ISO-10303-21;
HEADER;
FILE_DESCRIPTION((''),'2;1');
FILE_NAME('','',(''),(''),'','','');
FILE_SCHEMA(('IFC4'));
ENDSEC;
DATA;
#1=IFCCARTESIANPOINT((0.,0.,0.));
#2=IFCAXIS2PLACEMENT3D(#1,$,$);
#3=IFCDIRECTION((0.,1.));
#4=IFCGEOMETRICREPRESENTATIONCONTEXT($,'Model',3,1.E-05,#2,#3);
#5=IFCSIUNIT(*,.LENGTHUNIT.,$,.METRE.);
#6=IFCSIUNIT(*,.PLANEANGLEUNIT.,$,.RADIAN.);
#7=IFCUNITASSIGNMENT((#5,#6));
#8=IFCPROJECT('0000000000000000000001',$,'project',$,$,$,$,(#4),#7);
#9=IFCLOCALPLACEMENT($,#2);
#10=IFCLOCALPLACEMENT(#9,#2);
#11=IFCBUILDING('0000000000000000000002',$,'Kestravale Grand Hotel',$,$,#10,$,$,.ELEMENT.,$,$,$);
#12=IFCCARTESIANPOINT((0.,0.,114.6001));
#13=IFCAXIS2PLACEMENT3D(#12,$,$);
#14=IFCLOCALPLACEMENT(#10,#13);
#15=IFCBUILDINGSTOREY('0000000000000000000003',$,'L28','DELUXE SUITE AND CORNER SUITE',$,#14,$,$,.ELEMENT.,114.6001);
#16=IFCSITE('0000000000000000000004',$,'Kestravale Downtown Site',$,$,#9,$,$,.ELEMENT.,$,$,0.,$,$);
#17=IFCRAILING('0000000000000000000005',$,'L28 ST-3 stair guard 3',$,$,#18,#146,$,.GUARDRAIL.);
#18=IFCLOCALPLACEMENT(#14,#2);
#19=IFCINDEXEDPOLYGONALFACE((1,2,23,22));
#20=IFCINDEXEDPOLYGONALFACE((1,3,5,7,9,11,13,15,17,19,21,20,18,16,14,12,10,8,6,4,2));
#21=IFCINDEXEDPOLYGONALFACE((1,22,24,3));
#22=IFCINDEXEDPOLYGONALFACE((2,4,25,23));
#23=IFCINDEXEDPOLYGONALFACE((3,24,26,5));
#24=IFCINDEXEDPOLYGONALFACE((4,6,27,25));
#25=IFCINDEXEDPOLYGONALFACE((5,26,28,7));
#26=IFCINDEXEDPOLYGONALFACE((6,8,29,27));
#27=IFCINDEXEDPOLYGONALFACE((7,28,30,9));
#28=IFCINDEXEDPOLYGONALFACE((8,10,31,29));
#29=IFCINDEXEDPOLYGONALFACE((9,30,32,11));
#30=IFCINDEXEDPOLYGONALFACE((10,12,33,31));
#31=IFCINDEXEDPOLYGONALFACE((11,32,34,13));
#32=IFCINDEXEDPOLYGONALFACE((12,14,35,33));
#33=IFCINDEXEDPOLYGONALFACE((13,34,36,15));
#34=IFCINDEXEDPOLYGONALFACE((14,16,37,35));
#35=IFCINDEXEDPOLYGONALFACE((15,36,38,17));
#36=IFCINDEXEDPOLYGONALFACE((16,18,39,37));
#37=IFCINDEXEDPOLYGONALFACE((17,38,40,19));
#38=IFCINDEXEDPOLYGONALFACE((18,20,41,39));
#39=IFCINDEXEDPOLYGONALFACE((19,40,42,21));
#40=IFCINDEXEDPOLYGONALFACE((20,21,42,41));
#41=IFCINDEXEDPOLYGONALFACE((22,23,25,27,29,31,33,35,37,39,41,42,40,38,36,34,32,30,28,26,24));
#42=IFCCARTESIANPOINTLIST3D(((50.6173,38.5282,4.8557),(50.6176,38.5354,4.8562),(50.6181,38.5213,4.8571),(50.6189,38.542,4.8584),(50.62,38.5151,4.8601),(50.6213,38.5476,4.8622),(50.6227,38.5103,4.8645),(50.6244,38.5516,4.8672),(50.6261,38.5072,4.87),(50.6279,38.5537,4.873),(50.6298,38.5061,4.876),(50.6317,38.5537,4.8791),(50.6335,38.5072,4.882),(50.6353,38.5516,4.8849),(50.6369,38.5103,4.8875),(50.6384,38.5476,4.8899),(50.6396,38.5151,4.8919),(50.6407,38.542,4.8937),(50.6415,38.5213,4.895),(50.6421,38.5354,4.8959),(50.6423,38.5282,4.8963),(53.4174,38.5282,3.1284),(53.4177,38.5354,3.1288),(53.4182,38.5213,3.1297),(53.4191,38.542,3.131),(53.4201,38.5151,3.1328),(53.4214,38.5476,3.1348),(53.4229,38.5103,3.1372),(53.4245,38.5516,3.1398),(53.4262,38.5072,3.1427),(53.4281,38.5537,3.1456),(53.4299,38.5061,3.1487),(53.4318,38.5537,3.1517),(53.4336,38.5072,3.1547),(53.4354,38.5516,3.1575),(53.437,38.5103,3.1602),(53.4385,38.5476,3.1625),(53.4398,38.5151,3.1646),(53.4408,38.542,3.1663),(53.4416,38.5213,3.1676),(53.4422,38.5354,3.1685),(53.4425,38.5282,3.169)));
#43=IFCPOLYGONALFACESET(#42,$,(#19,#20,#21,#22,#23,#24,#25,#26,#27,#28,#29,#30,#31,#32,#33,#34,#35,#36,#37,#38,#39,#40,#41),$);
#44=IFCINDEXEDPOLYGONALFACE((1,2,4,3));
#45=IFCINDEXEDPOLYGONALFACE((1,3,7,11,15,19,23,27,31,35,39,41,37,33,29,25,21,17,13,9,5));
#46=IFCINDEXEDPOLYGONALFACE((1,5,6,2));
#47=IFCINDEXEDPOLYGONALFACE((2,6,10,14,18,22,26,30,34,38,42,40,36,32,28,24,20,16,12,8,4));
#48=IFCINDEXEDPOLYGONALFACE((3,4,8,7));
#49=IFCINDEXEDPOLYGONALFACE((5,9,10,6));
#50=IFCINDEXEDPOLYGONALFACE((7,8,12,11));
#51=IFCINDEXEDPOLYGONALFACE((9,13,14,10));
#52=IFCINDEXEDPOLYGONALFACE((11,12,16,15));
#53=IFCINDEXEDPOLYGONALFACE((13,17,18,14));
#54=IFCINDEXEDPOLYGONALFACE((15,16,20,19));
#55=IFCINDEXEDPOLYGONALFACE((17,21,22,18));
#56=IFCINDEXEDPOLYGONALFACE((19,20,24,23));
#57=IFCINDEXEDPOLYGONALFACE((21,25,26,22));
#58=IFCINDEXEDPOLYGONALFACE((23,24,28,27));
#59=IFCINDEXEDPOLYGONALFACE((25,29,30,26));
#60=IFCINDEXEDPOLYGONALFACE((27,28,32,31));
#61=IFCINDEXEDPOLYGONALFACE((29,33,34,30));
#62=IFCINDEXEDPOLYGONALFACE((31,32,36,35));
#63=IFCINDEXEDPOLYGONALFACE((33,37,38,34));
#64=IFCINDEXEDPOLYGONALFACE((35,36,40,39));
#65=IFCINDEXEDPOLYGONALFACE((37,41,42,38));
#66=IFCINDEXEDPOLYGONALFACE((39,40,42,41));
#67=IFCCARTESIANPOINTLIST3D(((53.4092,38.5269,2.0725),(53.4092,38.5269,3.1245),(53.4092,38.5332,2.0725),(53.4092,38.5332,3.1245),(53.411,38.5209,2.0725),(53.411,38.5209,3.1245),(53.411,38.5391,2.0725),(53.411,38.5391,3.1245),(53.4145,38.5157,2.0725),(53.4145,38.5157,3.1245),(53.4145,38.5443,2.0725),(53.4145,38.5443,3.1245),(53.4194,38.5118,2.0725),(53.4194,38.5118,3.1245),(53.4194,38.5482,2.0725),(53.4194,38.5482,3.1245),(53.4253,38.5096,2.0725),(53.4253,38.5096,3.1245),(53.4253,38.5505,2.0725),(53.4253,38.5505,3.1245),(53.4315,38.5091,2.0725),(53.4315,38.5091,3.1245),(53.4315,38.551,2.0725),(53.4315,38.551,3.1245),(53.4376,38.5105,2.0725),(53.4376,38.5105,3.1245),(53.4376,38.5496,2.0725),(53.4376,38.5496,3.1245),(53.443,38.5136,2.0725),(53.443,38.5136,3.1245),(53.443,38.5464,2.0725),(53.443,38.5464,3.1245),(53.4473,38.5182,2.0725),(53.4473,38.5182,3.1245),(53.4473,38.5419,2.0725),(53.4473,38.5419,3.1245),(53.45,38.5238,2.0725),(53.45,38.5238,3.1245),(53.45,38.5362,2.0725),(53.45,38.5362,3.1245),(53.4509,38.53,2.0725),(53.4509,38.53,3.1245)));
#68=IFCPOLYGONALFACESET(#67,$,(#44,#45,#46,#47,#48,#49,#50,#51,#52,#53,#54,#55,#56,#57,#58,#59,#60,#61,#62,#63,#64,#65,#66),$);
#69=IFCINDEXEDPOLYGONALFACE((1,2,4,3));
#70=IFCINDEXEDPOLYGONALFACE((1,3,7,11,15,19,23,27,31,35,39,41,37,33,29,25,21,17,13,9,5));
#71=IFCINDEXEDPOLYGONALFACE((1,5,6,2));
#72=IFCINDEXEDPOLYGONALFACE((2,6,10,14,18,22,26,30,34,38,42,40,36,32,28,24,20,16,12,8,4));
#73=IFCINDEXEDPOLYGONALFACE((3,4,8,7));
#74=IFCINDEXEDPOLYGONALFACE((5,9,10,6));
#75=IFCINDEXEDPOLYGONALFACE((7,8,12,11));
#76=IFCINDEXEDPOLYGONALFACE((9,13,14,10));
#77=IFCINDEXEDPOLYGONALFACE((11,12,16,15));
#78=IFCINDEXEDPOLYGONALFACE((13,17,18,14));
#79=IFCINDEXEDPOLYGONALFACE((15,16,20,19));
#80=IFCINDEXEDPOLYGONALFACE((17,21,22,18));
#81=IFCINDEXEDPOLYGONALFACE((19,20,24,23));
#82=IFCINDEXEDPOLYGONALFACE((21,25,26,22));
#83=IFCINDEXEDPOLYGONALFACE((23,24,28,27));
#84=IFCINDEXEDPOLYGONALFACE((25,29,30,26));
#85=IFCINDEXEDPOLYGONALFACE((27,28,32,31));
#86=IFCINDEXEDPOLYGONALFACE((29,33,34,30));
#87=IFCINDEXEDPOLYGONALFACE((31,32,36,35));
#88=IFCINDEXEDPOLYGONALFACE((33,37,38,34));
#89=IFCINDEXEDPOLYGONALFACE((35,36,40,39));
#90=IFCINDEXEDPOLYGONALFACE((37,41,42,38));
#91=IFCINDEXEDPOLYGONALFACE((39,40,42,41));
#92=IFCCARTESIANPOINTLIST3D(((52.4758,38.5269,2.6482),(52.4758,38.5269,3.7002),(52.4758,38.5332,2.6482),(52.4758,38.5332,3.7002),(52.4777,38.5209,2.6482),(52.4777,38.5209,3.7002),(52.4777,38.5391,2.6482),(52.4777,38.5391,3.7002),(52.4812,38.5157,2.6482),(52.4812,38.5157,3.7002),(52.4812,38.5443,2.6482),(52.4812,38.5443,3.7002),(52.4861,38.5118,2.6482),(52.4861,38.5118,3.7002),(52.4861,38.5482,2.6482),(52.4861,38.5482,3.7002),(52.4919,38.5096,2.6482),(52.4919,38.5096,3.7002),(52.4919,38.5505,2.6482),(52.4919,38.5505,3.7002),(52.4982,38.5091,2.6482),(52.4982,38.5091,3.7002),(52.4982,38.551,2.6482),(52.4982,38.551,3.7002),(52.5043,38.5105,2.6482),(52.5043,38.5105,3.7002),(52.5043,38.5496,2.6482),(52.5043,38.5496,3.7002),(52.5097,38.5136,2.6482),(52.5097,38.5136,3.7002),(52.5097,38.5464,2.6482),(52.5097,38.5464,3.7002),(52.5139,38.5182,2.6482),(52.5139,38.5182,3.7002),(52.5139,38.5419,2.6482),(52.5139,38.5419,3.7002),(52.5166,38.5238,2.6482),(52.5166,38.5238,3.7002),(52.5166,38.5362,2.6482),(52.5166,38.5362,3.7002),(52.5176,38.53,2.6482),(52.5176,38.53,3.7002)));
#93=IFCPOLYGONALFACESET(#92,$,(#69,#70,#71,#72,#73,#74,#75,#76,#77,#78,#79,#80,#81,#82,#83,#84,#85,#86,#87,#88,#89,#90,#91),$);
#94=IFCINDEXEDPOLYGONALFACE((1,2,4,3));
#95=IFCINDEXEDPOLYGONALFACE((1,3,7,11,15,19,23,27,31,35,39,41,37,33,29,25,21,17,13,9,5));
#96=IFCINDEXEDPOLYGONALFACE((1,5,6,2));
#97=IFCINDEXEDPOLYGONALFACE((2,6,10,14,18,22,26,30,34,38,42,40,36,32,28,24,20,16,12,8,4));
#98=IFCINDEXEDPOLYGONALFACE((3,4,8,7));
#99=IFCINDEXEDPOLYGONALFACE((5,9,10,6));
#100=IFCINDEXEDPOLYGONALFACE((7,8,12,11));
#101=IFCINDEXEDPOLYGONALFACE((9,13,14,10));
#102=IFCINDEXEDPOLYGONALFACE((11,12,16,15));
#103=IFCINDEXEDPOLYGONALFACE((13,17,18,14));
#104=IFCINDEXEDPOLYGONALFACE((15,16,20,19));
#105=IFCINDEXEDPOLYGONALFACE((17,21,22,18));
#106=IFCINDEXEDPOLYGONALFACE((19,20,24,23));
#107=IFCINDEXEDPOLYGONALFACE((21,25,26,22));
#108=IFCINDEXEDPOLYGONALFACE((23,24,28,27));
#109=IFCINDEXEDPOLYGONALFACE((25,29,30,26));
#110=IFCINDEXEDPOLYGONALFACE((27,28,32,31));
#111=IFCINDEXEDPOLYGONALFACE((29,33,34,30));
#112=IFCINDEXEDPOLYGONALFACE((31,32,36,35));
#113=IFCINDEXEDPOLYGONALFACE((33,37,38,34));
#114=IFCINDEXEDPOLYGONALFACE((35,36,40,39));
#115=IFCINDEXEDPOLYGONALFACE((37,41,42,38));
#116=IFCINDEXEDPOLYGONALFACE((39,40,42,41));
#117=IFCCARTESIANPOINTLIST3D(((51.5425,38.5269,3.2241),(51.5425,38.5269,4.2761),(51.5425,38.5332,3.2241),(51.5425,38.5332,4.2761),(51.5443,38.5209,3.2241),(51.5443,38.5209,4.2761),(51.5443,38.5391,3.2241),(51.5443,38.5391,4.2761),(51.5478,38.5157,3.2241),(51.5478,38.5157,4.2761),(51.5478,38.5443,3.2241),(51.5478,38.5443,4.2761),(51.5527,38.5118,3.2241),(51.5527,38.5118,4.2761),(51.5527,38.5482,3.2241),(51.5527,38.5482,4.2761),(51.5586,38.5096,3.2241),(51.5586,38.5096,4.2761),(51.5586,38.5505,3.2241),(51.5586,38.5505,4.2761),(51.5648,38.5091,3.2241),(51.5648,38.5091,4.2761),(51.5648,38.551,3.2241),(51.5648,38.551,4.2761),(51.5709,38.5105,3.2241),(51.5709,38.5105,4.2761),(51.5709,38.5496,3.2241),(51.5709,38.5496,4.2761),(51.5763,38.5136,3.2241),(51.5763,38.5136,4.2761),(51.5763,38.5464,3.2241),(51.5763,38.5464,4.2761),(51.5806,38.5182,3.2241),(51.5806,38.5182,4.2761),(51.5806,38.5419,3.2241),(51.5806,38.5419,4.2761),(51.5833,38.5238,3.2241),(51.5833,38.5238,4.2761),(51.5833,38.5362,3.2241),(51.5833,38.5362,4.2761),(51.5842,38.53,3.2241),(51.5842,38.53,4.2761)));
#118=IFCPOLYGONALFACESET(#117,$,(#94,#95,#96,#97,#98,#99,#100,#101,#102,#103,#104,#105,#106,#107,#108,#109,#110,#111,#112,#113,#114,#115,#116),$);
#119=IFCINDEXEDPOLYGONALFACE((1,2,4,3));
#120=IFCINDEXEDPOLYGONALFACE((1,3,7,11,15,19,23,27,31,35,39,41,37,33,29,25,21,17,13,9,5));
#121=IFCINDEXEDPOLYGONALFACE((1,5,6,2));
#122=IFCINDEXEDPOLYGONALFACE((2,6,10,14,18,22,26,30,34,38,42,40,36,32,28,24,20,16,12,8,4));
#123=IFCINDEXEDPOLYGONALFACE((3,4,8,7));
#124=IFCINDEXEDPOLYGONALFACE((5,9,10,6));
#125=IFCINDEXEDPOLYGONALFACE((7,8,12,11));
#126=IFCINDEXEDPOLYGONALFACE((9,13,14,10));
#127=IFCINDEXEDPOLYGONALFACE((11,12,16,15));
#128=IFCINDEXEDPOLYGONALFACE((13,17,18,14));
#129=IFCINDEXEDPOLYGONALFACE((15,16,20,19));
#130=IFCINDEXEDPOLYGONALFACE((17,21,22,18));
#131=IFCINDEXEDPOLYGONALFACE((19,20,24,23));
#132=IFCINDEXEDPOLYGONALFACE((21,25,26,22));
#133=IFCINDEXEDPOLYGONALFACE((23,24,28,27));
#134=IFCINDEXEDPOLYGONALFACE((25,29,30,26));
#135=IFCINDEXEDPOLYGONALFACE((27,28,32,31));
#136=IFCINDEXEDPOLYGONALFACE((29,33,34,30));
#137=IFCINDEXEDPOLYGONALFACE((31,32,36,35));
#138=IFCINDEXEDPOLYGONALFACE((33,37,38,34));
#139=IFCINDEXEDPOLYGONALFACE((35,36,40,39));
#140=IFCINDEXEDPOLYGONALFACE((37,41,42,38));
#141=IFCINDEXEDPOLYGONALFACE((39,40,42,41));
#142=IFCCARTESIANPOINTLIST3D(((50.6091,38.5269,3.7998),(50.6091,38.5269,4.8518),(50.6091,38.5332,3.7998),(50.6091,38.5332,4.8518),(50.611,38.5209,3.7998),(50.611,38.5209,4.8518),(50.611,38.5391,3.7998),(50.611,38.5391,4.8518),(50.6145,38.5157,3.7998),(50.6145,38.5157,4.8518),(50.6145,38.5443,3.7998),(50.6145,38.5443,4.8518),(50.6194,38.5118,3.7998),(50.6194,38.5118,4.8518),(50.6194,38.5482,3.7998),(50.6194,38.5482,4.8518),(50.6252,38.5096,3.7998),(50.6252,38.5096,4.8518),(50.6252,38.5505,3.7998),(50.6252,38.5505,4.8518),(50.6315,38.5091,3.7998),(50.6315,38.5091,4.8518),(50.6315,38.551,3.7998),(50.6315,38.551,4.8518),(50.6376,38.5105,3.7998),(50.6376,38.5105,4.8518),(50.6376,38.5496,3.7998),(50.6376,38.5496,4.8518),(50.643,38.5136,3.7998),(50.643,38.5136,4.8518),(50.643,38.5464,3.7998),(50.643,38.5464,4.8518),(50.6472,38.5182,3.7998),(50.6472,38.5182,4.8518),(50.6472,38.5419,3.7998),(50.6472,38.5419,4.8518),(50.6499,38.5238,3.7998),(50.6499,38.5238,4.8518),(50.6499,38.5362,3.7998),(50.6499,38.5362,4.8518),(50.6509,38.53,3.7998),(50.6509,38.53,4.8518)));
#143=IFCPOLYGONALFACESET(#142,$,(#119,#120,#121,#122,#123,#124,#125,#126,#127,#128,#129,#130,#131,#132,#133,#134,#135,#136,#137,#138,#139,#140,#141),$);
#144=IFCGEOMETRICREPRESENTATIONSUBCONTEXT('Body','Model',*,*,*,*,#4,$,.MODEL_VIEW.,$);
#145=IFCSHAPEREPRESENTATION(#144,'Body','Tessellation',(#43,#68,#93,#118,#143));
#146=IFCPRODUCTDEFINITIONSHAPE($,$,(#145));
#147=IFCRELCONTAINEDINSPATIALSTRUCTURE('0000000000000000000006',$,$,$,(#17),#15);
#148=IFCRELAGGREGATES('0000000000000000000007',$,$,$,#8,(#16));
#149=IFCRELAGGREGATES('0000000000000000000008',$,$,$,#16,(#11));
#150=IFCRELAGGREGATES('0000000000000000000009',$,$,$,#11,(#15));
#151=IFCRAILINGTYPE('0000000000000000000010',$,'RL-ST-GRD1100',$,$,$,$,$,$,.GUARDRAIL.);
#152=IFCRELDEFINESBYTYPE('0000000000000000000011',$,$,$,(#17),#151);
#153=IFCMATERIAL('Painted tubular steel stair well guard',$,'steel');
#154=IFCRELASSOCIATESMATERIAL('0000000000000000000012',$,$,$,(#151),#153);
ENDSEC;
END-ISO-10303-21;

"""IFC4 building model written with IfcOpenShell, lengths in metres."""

from ifc_helpers import new_model, si_unit, direction, frame, origin, origin_2d, place, context, subcontext, project, spatial, circle, extrude, material, type_object, element, save


model = new_model("IFC4")

# Units and contexts
model_context = context("Model", 3, precision=1e-05, world=origin(), true_north=direction((0.0, 1.0)))
body_context = subcontext(model_context, "Body", "Model", "MODEL_VIEW")
ifc_project = project(units=[si_unit("LENGTHUNIT", "METRE"), si_unit("PLANEANGLEUNIT", "RADIAN")], contexts=[model_context])

# Site, building, storey
site_placement = place(None, origin())
site = spatial("IfcSite", under=ifc_project, at=site_placement, Name="Kestravale Downtown Site", CompositionType="ELEMENT", RefElevation=0.0)
building_placement = place(site_placement, origin())
building = spatial("IfcBuilding", under=site, at=building_placement, Name="Kestravale Grand Hotel", CompositionType="ELEMENT")
storey_placement = place(building_placement, frame((0.0, 0.0, 114.6001)))
storey = spatial("IfcBuildingStorey", under=building, at=storey_placement, Name="L28", Description="DELUXE SUITE AND CORNER SUITE", CompositionType="ELEMENT", Elevation=114.6001)

# Railing
ifc_material_1 = material(Name="Painted tubular steel stair well guard", Category="steel")
railing_type_1 = type_object("IfcRailingType", Name="RL-ST-GRD1100", PredefinedType="GUARDRAIL", material=ifc_material_1)
railing_1_placement = place(storey_placement, frame((53.4299, 38.53, 2.0725)))
element("IfcRailing", 1, at=railing_1_placement, inside=storey, type_object=railing_type_1, Name="L28 ST-3 stair guard 3", PredefinedType="GUARDRAIL", context=body_context, shape_type="SweptSolid", body=[
    extrude(circle(Radius=0.0239, at=origin_2d()), frame((0.0, 0.0, 1.0762), z_axis=(-0.85109, 0.0, 0.52502), x_axis=(0.0, -1.0, 0.0)), (0.0, 0.0, 1.0), 3.29),
    extrude(circle(Radius=0.021, at=origin_2d()), origin(), (0.0, 0.0, 1.0), 1.052),
    extrude(circle(Radius=0.021, at=origin_2d()), frame((-0.9333, 0.0, 0.5757)), (0.0, 0.0, 1.0), 1.052),
    extrude(circle(Radius=0.021, at=origin_2d()), frame((-1.8667, 0.0, 1.1516)), (0.0, 0.0, 1.0), 1.052),
    extrude(circle(Radius=0.021, at=origin_2d()), frame((-2.8, 0.0, 1.7273)), (0.0, 0.0, 1.0), 1.052),
])

save(model, "model.ifc")
